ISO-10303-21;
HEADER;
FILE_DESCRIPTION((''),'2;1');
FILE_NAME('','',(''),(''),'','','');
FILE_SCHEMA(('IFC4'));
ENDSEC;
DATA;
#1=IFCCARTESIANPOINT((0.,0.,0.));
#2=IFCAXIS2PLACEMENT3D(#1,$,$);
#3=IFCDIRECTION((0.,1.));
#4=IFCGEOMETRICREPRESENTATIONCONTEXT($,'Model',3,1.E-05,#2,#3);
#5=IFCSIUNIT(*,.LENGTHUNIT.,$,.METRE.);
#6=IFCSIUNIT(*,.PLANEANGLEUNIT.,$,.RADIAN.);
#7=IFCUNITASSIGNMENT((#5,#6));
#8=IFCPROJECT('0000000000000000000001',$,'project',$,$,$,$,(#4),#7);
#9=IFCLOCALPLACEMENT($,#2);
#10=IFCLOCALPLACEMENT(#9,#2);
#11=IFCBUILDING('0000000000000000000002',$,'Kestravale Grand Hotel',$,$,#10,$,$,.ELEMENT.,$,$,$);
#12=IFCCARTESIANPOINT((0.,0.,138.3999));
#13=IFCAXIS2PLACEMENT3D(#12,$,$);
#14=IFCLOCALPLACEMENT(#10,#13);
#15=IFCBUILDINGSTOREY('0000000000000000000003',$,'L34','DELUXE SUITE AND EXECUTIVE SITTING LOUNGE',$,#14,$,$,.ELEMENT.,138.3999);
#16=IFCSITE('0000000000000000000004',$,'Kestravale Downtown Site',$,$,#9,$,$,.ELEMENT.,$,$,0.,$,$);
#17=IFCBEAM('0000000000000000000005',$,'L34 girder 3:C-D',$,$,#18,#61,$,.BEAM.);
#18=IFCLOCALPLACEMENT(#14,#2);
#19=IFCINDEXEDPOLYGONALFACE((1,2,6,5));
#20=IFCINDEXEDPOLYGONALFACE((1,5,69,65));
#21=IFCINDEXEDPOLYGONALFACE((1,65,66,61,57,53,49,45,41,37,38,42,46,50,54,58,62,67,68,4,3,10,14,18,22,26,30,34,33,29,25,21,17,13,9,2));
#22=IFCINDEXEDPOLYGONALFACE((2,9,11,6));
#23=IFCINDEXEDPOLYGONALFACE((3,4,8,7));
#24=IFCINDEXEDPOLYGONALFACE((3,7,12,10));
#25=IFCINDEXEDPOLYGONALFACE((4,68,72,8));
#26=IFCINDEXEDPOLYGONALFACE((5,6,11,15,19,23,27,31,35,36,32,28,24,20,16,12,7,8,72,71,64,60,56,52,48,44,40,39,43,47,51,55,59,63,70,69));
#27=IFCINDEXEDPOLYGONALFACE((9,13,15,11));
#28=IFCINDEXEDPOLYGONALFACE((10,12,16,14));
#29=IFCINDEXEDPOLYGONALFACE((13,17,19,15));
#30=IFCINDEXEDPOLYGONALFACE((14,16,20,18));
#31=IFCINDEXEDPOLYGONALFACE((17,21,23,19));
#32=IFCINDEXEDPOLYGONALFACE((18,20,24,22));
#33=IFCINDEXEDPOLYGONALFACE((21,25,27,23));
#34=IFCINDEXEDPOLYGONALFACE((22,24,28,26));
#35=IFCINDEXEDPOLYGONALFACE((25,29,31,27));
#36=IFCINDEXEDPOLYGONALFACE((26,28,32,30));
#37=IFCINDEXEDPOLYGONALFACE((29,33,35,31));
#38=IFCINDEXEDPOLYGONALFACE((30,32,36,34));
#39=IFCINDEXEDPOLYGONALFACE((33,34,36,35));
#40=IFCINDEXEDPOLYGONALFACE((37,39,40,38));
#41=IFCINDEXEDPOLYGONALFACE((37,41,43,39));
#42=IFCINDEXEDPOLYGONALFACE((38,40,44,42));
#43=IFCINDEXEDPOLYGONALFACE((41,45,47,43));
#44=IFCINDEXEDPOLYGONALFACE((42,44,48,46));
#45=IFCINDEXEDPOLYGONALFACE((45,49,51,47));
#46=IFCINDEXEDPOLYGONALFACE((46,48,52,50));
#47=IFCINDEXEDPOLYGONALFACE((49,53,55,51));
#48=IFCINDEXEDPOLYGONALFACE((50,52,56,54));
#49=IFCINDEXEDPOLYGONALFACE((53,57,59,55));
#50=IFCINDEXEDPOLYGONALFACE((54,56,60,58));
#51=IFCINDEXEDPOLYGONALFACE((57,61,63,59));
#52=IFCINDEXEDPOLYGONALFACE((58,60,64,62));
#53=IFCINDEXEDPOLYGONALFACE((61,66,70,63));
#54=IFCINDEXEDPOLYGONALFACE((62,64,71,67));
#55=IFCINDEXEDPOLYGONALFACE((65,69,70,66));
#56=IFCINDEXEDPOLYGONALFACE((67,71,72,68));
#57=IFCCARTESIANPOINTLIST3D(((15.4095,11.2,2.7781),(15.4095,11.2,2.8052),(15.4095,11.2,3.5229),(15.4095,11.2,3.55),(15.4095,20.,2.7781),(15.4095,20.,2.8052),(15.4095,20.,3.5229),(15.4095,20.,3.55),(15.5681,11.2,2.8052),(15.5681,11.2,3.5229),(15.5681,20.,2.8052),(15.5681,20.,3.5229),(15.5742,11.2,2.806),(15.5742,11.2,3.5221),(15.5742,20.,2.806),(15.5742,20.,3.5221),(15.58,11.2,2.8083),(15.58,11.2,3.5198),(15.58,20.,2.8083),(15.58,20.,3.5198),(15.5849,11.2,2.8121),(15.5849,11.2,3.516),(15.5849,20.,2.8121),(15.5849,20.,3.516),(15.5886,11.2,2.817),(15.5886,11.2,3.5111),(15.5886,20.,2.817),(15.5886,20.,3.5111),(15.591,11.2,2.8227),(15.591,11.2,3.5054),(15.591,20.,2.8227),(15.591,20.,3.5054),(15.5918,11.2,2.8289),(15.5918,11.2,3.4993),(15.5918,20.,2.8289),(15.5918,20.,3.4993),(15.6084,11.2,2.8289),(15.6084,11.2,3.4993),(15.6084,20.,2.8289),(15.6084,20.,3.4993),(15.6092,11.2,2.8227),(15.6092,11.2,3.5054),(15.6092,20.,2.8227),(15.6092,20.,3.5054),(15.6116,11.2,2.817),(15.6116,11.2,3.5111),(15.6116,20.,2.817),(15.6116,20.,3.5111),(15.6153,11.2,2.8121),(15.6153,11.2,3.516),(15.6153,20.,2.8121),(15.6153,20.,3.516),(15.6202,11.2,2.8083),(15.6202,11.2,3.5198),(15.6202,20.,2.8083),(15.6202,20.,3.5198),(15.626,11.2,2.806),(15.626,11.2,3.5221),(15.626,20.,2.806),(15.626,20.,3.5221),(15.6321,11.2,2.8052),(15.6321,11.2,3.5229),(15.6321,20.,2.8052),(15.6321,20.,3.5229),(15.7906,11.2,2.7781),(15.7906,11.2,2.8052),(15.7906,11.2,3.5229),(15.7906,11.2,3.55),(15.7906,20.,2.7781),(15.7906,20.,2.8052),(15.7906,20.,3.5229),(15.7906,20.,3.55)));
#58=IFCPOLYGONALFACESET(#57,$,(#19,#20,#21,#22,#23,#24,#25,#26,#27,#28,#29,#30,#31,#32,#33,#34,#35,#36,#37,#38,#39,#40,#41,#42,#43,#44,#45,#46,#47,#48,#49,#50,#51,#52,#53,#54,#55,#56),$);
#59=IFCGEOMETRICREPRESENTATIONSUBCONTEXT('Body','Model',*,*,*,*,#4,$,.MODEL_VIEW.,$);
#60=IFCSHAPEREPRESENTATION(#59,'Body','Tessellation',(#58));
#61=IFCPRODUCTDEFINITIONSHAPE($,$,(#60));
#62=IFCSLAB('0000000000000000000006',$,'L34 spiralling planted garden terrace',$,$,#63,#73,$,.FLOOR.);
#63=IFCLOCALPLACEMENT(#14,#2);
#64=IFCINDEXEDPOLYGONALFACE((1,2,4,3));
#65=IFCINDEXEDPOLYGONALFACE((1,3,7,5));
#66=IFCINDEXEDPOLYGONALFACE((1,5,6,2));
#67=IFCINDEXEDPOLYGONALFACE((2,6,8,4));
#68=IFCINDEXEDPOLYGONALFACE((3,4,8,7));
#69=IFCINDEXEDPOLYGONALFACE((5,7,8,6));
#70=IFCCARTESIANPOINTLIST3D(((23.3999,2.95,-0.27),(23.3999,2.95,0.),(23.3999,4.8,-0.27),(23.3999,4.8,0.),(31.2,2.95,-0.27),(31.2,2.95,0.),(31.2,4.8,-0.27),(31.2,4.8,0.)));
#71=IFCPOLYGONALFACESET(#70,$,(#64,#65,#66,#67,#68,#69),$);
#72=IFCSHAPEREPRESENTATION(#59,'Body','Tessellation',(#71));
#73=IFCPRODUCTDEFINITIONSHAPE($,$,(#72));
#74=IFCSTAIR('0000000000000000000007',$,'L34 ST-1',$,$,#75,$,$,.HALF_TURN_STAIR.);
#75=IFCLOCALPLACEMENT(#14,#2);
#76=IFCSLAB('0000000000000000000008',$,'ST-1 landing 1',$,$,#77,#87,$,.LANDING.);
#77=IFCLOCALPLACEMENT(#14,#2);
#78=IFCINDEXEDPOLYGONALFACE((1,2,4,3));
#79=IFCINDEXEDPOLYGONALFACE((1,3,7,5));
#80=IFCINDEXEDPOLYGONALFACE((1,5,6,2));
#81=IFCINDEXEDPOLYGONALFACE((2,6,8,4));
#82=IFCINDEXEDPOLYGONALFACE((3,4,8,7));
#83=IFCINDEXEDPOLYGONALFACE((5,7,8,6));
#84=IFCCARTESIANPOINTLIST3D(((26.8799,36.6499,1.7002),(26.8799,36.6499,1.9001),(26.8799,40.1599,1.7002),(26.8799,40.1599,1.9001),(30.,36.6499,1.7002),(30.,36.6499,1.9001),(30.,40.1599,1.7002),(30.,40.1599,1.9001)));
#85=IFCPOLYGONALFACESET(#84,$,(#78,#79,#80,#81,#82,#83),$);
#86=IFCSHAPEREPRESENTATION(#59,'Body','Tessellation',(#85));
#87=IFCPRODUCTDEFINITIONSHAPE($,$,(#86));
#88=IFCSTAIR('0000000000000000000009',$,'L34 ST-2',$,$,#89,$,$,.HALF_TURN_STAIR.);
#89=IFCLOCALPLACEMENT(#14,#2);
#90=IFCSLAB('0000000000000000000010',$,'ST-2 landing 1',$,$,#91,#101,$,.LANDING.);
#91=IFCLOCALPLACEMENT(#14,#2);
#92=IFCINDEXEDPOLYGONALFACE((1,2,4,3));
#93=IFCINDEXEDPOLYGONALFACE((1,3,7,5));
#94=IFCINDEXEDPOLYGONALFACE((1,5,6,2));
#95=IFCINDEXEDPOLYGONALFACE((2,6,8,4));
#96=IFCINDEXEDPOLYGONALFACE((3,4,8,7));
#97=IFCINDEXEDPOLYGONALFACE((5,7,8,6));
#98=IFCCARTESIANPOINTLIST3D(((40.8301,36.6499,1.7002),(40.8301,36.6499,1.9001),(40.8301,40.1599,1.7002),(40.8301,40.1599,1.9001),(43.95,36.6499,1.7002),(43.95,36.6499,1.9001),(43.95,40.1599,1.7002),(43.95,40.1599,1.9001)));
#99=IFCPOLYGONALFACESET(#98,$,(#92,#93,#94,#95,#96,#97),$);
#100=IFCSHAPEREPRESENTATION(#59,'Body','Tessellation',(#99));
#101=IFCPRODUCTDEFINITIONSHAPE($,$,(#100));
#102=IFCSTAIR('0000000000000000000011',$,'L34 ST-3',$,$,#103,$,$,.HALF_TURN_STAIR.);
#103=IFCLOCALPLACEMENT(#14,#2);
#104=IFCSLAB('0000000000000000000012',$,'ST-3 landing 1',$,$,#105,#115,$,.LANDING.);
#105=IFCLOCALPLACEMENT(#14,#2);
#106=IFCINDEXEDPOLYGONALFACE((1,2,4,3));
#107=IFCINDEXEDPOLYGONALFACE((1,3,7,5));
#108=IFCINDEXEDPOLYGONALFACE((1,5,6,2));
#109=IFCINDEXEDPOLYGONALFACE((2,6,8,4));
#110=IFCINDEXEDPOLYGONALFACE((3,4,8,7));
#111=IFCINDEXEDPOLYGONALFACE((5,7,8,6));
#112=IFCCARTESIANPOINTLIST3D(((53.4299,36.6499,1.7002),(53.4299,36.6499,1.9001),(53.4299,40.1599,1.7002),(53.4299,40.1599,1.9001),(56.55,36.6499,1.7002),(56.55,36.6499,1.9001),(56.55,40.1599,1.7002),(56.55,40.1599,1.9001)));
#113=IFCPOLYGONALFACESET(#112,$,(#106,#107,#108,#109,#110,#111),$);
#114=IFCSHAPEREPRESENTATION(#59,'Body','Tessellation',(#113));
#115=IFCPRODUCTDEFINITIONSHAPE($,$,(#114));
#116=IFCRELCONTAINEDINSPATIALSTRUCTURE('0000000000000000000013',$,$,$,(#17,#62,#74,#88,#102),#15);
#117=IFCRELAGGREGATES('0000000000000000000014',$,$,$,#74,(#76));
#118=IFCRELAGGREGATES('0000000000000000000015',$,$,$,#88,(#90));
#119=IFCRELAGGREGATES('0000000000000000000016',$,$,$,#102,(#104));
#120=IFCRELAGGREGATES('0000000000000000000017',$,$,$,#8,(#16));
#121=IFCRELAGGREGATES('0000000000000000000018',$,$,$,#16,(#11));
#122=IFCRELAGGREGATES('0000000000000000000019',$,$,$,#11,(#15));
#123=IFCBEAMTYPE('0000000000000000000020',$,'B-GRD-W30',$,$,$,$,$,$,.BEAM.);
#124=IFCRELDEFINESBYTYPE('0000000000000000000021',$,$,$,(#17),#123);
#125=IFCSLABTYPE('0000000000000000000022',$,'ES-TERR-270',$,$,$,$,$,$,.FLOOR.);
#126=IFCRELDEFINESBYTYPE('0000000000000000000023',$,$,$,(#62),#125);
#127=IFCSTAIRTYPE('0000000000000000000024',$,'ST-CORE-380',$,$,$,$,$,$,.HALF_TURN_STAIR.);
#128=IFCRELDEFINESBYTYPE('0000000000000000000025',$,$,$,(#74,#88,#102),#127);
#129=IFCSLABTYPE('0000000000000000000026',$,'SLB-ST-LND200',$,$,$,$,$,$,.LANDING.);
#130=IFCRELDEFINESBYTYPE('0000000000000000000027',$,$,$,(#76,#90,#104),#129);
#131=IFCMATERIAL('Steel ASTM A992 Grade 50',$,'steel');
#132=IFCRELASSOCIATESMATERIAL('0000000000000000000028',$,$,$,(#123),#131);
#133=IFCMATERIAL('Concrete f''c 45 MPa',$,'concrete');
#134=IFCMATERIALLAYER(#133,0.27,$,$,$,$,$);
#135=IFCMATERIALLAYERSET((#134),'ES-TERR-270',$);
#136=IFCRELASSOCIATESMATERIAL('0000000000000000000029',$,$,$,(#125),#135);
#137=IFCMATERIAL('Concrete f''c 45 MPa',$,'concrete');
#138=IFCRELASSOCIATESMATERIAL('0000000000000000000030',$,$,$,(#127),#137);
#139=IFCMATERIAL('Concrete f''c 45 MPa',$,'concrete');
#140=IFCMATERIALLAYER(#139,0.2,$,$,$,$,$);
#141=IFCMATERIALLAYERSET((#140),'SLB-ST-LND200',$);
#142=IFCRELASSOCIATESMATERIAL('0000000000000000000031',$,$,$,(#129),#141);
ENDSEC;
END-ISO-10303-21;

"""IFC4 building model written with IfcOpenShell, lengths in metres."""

from ifc_helpers import new_model, si_unit, direction, frame, origin, origin_2d, place, context, subcontext, project, spatial, polyline, i_section, outline, extrude, material, layer, layer_set, material_profile, profile_set, type_object, element, aggregate, save


model = new_model("IFC4")

# Units and contexts
model_context = context("Model", 3, precision=1e-05, world=origin(), true_north=direction((0.0, 1.0)))
body_context = subcontext(model_context, "Body", "Model", "MODEL_VIEW")
ifc_project = project(units=[si_unit("LENGTHUNIT", "METRE"), si_unit("PLANEANGLEUNIT", "RADIAN")], contexts=[model_context])

# Site, building, storey
site_placement = place(None, origin())
site = spatial("IfcSite", under=ifc_project, at=site_placement, Name="Kestravale Downtown Site", CompositionType="ELEMENT", RefElevation=0.0)
building_placement = place(site_placement, origin())
building = spatial("IfcBuilding", under=site, at=building_placement, Name="Kestravale Grand Hotel", CompositionType="ELEMENT")
storey_placement = place(building_placement, frame((0.0, 0.0, 138.3999)))
storey = spatial("IfcBuildingStorey", under=building, at=storey_placement, Name="L34", Description="DELUXE SUITE AND EXECUTIVE SITTING LOUNGE", CompositionType="ELEMENT", Elevation=138.3999)

# Beam
ifc_material_1 = material(Name="Steel ASTM A992 Grade 50", Category="steel")
ifc_material_profile_1 = material_profile(ifc_material_1, i_section(OverallWidth=0.3811, OverallDepth=0.772, WebThickness=0.0166, FlangeThickness=0.0271, FilletRadius=0.0237, at=origin_2d()))
ifc_profile_set_1 = profile_set([ifc_material_profile_1], Name="Steel ASTM A992 Grade 50")
beam_type_1 = type_object("IfcBeamType", Name="B-GRD-W30", PredefinedType="BEAM", material=ifc_profile_set_1)
beam_1_placement = place(storey_placement, frame((15.6001, 11.2, 3.1641), z_axis=(0.0, 1.0, 0.0), x_axis=(-1.0, 0.0, 0.0)))
element("IfcBeam", 1, at=beam_1_placement, inside=storey, type_object=beam_type_1, Name="L34 girder 3:C-D", PredefinedType="BEAM", context=body_context, shape_type="SweptSolid", body=[
    extrude(i_section(OverallWidth=0.3811, OverallDepth=0.772, WebThickness=0.0166, FlangeThickness=0.0271, FilletRadius=0.0237, at=origin_2d()), origin(), (0.0, 0.0, 1.0), 8.8),
])

# Slab
ifc_material_2 = material(Name="Concrete f'c 45 MPa", Category="concrete")
ifc_layer_1 = layer(ifc_material_2, 0.27)
ifc_layer_set_1 = layer_set([ifc_layer_1], Name="ES-TERR-270")
slab_type_1 = type_object("IfcSlabType", Name="ES-TERR-270", PredefinedType="FLOOR", material=ifc_layer_set_1)
slab_1_placement = place(storey_placement, frame((0.0, 0.0, -0.27)))
element("IfcSlab", 2, at=slab_1_placement, inside=storey, type_object=slab_type_1, Name="L34 spiralling planted garden terrace", PredefinedType="FLOOR", context=body_context, shape_type="SweptSolid", body=[
    extrude(outline(polyline([(23.3999, 2.95), (31.2, 2.95), (31.2, 4.8), (23.3999, 4.8), (23.3999, 2.95)])), origin(), (0.0, 0.0, 1.0), 0.27),
])

# Stairs, slabs
ifc_material_3 = material(Name="Concrete f'c 45 MPa", Category="concrete")
stair_type = type_object("IfcStairType", Name="ST-CORE-380", PredefinedType="HALF_TURN_STAIR", material=ifc_material_3)
stair_1_placement = place(storey_placement, origin())
stair_1 = element("IfcStair", 3, at=stair_1_placement, inside=storey, type_object=stair_type, Name="L34 ST-1", PredefinedType="HALF_TURN_STAIR")
ifc_material_4 = material(Name="Concrete f'c 45 MPa", Category="concrete")
ifc_layer_2 = layer(ifc_material_4, 0.2)
ifc_layer_set_2 = layer_set([ifc_layer_2], Name="SLB-ST-LND200")
slab_type_2 = type_object("IfcSlabType", Name="SLB-ST-LND200", PredefinedType="LANDING", material=ifc_layer_set_2)
slab_2_placement = place(storey_placement, frame((0.0, 0.0, 1.7002)))
slab_2 = element("IfcSlab", 4, at=slab_2_placement, type_object=slab_type_2, Name="ST-1 landing 1", PredefinedType="LANDING", context=body_context, shape_type="SweptSolid", body=[
    extrude(outline(polyline([(26.8799, 36.6499), (30.0, 36.6499), (30.0, 40.1599), (26.8799, 40.1599), (26.8799, 36.6499)])), origin(), (0.0, 0.0, 1.0), 0.2),
])
aggregate(stair_1, [slab_2])
stair_2_placement = place(storey_placement, origin())
stair_2 = element("IfcStair", 5, at=stair_2_placement, inside=storey, type_object=stair_type, Name="L34 ST-2", PredefinedType="HALF_TURN_STAIR")
slab_3_placement = place(storey_placement, frame((0.0, 0.0, 1.7002)))
slab_3 = element("IfcSlab", 6, at=slab_3_placement, type_object=slab_type_2, Name="ST-2 landing 1", PredefinedType="LANDING", context=body_context, shape_type="SweptSolid", body=[
    extrude(outline(polyline([(40.8301, 36.6499), (43.95, 36.6499), (43.95, 40.1599), (40.8301, 40.1599), (40.8301, 36.6499)])), origin(), (0.0, 0.0, 1.0), 0.2),
])
aggregate(stair_2, [slab_3])
stair_3_placement = place(storey_placement, origin())
stair_3 = element("IfcStair", 7, at=stair_3_placement, inside=storey, type_object=stair_type, Name="L34 ST-3", PredefinedType="HALF_TURN_STAIR")
slab_4_placement = place(storey_placement, frame((0.0, 0.0, 1.7002)))
slab_4 = element("IfcSlab", 8, at=slab_4_placement, type_object=slab_type_2, Name="ST-3 landing 1", PredefinedType="LANDING", context=body_context, shape_type="SweptSolid", body=[
    extrude(outline(polyline([(53.4299, 36.6499), (56.55, 36.6499), (56.55, 40.1599), (53.4299, 40.1599), (53.4299, 36.6499)])), origin(), (0.0, 0.0, 1.0), 0.2),
])
aggregate(stair_3, [slab_4])

save(model, "model.ifc")
